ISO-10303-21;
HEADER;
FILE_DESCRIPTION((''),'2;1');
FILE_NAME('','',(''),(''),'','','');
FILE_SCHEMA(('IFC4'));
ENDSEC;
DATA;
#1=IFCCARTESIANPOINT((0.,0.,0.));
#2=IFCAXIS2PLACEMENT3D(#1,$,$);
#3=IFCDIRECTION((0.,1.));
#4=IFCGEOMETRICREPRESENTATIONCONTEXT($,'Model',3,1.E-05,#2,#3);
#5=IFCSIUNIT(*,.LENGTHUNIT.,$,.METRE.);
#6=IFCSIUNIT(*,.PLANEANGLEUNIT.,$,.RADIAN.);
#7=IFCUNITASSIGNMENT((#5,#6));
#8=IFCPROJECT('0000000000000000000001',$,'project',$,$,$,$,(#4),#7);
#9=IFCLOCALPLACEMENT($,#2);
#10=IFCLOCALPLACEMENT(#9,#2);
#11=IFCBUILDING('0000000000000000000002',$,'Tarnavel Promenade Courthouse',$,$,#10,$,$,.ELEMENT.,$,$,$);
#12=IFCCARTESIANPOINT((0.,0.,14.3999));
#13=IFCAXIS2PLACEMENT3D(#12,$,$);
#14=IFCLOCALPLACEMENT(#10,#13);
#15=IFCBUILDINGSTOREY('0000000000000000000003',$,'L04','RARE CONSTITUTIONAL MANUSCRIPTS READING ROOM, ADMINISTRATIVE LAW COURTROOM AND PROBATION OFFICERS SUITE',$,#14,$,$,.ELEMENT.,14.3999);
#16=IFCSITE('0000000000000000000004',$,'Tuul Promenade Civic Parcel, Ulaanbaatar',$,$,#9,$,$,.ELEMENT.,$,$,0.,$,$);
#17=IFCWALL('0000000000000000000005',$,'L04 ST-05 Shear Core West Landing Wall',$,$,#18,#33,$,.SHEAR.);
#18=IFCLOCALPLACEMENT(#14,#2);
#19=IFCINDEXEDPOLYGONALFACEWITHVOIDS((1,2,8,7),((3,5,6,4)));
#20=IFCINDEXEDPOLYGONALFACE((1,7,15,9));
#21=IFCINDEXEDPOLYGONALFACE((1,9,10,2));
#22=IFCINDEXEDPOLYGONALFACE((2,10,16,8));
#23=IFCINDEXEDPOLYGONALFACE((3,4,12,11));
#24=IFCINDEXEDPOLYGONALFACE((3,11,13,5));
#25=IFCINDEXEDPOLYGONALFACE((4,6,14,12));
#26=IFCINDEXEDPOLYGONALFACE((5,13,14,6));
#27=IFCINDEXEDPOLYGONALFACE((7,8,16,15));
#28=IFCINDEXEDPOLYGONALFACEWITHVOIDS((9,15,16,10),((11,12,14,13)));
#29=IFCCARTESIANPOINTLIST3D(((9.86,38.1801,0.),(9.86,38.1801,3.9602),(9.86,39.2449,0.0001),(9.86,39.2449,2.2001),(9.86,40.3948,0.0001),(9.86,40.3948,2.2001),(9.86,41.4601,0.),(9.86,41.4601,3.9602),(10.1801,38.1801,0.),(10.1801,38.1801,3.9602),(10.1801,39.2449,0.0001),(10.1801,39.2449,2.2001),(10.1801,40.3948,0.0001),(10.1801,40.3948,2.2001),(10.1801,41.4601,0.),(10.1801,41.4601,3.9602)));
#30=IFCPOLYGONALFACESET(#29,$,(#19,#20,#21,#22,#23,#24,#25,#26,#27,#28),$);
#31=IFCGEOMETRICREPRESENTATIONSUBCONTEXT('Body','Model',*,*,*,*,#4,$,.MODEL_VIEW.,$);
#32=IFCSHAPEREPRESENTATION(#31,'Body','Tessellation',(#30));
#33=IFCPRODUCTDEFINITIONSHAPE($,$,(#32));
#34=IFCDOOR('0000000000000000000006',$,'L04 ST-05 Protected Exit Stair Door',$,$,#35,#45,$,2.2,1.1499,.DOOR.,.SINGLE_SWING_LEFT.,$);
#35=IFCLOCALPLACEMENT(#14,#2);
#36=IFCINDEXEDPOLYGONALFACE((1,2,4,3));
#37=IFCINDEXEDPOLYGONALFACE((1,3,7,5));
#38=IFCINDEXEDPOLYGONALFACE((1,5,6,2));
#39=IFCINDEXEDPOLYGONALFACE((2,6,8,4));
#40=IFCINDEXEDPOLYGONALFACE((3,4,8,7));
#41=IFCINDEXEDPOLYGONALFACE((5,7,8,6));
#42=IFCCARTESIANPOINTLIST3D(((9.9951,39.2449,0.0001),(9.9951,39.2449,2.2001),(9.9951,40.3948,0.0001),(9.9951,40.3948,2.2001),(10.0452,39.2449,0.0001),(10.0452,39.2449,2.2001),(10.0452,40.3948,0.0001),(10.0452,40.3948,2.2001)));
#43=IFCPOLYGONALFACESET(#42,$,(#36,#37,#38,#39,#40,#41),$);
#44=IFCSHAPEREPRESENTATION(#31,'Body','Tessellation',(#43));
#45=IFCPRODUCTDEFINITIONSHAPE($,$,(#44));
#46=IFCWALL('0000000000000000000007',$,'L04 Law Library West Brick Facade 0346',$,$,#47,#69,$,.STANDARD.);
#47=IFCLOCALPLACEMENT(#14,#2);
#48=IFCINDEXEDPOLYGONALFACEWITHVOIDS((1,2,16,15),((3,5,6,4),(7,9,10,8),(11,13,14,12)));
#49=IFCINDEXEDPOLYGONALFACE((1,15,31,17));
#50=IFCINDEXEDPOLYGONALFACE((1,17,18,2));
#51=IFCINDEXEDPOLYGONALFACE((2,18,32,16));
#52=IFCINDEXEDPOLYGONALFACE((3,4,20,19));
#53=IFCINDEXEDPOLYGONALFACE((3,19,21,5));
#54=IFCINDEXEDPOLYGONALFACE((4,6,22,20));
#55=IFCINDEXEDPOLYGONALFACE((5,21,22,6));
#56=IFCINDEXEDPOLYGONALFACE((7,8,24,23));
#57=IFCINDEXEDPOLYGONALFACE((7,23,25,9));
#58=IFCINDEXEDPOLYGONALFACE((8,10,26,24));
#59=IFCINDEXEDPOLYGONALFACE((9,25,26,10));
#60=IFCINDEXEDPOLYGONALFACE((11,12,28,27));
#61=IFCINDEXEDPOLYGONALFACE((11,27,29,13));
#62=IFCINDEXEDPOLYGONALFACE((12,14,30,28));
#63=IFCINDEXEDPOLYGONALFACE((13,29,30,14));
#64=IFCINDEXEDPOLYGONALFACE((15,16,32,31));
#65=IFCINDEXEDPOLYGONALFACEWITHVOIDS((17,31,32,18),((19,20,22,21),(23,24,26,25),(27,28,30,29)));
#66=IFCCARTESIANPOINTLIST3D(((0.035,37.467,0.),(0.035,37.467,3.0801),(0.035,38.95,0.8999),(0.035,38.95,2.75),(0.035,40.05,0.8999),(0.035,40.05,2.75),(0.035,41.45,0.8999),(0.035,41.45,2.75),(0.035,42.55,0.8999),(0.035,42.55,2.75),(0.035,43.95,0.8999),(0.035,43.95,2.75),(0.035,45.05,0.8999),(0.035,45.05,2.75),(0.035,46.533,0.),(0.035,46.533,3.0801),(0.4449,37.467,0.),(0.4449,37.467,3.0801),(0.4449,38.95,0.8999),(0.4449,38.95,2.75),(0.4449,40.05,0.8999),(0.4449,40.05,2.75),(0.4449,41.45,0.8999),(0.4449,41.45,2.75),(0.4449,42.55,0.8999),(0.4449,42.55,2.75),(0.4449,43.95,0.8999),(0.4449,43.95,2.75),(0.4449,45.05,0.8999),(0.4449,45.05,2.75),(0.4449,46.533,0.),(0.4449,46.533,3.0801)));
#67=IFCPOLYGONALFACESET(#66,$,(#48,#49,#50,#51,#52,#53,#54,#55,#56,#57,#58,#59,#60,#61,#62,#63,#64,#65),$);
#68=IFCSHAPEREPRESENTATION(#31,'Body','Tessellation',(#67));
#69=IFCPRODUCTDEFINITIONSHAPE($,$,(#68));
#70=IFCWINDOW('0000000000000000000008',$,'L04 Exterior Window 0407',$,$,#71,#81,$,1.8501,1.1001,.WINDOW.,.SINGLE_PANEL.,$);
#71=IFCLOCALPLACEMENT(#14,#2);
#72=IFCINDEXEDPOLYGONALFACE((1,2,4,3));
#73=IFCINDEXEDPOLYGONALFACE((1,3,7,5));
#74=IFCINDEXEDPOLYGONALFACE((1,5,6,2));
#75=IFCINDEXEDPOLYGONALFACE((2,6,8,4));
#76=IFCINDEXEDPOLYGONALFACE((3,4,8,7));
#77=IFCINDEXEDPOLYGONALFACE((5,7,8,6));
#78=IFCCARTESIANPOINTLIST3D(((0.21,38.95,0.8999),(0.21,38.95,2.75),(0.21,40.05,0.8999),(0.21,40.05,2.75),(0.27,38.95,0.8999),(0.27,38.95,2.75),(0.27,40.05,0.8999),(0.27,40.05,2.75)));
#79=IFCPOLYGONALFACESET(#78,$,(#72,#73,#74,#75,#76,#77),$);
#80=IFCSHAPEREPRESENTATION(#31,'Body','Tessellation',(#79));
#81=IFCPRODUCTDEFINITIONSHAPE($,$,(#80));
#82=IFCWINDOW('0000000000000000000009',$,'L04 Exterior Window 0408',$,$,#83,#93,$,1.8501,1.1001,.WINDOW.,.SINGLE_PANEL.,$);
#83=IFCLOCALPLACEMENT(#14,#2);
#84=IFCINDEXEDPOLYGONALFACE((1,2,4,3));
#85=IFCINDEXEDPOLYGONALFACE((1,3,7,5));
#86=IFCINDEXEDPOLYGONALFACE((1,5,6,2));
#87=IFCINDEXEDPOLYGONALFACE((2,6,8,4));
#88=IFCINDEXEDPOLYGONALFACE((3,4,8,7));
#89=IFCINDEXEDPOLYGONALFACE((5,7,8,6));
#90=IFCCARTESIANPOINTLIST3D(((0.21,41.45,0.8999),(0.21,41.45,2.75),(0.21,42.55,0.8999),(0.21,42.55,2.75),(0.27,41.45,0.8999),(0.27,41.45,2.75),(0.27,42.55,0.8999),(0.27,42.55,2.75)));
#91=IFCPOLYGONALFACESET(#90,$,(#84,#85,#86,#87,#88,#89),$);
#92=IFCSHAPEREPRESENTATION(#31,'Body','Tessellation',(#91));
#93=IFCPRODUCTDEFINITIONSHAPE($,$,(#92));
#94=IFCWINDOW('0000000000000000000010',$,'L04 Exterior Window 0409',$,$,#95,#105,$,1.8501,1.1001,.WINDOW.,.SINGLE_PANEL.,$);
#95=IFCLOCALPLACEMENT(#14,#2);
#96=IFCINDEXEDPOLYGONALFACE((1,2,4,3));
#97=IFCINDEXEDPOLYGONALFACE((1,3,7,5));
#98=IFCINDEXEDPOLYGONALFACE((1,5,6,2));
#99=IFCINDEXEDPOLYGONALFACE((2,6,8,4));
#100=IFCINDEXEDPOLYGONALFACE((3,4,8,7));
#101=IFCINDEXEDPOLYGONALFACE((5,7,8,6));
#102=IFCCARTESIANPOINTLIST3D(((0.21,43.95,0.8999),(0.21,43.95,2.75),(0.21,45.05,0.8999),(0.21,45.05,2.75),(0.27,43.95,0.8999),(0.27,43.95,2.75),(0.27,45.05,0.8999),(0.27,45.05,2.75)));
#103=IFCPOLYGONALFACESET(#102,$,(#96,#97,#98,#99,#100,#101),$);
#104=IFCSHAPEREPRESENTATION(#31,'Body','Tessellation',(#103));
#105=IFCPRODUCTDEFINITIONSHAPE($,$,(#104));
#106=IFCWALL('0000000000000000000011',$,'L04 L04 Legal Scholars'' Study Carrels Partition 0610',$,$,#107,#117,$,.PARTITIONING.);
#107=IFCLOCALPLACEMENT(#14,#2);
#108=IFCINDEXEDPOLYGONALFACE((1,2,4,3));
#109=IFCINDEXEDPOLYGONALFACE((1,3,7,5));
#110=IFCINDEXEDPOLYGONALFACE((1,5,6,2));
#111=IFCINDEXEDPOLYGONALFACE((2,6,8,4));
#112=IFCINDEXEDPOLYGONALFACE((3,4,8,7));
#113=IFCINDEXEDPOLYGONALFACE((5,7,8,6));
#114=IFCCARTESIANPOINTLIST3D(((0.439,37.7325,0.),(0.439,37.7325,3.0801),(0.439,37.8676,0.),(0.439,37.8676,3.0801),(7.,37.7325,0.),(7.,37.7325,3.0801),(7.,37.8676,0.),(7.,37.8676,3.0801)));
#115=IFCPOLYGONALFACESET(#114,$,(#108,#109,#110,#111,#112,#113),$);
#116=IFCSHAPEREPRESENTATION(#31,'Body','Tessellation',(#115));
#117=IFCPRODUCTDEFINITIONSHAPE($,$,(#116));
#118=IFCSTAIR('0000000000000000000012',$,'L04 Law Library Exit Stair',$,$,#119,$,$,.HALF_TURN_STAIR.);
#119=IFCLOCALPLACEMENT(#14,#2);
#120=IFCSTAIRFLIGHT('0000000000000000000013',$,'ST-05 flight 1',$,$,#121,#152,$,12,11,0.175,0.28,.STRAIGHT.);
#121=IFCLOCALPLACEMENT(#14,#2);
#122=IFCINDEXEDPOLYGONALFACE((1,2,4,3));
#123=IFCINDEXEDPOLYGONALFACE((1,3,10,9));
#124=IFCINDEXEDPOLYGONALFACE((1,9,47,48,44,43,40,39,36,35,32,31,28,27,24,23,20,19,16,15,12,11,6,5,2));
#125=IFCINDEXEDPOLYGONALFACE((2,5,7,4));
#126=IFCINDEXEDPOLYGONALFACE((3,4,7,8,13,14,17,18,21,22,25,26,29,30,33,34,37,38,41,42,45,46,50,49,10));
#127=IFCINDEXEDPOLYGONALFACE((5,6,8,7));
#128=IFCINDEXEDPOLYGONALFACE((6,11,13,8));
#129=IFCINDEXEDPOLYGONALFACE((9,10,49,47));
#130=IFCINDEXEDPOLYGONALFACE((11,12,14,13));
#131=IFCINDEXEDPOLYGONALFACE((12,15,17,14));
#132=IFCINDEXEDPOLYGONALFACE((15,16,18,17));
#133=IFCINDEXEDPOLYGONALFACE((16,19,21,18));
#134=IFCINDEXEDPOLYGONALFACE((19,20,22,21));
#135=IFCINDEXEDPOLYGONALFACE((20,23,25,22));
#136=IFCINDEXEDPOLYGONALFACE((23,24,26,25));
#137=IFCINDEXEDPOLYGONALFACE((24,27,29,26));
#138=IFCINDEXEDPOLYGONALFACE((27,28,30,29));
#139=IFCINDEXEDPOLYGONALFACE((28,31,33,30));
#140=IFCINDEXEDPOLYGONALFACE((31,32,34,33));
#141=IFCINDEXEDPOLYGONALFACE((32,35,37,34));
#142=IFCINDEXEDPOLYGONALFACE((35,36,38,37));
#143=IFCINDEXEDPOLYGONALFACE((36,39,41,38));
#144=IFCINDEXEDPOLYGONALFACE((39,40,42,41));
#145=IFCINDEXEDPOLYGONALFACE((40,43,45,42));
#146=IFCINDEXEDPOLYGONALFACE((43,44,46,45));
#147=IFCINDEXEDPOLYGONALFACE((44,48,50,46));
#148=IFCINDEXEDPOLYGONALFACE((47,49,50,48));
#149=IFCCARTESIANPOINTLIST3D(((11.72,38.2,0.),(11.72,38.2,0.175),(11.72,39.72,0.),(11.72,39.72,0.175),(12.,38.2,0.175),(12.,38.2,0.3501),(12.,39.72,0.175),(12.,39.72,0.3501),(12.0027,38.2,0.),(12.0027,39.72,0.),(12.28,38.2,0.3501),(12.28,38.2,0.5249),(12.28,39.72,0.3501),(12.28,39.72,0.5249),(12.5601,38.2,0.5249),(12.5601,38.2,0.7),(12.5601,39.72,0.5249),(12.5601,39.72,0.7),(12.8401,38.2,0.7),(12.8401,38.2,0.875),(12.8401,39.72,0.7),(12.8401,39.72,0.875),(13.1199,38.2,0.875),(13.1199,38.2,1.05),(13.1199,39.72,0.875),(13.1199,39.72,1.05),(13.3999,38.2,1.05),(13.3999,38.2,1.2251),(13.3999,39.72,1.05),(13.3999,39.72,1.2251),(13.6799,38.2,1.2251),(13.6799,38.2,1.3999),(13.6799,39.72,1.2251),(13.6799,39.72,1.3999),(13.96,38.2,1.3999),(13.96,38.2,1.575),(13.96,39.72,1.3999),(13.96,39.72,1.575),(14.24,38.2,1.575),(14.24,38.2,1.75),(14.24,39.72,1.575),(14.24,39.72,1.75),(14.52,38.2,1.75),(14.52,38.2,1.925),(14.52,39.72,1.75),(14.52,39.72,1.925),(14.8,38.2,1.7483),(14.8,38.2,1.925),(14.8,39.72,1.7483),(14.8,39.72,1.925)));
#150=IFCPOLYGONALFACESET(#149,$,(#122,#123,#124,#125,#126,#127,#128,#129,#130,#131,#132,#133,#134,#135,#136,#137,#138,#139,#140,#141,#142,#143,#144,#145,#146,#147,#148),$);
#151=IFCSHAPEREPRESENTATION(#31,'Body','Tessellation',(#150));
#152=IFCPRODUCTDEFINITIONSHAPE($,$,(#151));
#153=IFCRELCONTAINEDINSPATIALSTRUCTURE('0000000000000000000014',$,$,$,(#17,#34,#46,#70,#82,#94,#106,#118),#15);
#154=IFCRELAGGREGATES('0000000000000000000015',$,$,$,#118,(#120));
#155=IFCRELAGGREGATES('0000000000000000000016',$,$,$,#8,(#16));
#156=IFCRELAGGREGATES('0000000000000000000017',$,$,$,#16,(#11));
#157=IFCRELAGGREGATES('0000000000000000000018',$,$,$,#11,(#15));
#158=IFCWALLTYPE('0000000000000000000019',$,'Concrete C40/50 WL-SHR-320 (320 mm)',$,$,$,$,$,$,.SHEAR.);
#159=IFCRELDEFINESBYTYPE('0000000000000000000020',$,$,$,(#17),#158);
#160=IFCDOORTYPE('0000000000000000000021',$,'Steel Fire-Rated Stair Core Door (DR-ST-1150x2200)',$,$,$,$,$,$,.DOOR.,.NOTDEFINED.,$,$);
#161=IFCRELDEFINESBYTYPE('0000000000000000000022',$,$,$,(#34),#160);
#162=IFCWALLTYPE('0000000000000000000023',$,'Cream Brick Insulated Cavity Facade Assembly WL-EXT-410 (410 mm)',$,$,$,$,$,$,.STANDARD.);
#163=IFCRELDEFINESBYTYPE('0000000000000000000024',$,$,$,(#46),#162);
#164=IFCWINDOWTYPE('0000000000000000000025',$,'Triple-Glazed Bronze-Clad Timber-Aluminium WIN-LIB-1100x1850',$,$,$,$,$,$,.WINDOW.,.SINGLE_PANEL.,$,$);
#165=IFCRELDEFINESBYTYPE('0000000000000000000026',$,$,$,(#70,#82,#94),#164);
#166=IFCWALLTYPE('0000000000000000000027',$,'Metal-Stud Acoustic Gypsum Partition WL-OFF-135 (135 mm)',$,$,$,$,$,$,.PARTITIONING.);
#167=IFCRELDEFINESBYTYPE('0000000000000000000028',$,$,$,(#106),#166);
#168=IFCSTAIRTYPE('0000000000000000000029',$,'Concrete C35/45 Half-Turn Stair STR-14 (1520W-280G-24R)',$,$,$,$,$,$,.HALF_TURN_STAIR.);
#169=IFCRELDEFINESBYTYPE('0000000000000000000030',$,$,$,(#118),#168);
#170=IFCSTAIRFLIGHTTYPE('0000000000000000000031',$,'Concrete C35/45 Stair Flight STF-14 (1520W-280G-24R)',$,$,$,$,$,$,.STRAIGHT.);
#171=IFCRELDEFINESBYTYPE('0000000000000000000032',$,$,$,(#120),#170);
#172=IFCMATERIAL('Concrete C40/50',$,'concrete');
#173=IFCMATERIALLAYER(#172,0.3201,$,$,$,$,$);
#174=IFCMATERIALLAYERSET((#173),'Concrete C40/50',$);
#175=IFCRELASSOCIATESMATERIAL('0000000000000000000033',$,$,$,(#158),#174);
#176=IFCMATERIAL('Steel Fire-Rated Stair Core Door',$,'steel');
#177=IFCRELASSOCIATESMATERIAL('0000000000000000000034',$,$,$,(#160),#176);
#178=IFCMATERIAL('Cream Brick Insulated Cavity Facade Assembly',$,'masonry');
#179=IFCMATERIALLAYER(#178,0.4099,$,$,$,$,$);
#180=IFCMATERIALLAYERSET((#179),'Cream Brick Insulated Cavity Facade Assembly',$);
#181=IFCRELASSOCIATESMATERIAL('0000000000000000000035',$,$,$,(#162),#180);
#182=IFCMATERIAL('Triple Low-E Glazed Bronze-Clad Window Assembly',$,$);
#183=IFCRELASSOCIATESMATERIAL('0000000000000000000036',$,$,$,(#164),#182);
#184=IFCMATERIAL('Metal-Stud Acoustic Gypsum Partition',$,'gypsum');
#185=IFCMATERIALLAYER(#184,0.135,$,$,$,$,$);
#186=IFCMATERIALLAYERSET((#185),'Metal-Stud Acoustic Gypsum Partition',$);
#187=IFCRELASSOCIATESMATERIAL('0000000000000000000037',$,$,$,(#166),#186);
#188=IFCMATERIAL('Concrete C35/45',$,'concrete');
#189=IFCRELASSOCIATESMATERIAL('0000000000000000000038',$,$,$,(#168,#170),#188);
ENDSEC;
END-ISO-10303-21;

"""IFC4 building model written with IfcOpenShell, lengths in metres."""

from ifc_helpers import new_model, si_unit, direction, frame, frame_2d, origin, place, context, subcontext, project, spatial, polyline, rectangle, outline, extrude, material, layer, layer_set, type_object, element, fill, aggregate, save


model = new_model("IFC4")

# Units and contexts
model_context = context("Model", 3, precision=1e-05, world=origin(), true_north=direction((0.0, 1.0)))
body_context = subcontext(model_context, "Body", "Model", "MODEL_VIEW")
ifc_project = project(units=[si_unit("LENGTHUNIT", "METRE"), si_unit("PLANEANGLEUNIT", "RADIAN")], contexts=[model_context])

# Site, building, storey
site_placement = place(None, origin())
site = spatial("IfcSite", under=ifc_project, at=site_placement, Name="Tuul Promenade Civic Parcel, Ulaanbaatar", CompositionType="ELEMENT", RefElevation=0.0)
building_placement = place(site_placement, origin())
building = spatial("IfcBuilding", under=site, at=building_placement, Name="Tarnavel Promenade Courthouse", CompositionType="ELEMENT")
storey_placement = place(building_placement, frame((0.0, 0.0, 14.3999)))
storey = spatial("IfcBuildingStorey", under=building, at=storey_placement, Name="L04", Description="RARE CONSTITUTIONAL MANUSCRIPTS READING ROOM, ADMINISTRATIVE LAW COURTROOM AND PROBATION OFFICERS SUITE", CompositionType="ELEMENT", Elevation=14.3999)

# Shared definitions
ifc_material_1 = material(Name="Concrete C40/50", Category="concrete")

# Shared definitions
ifc_material_2 = material(Name="Concrete C35/45", Category="concrete")
ifc_layer_1 = layer(ifc_material_1, 0.3201)
ifc_layer_set_1 = layer_set([ifc_layer_1], Name="Concrete C40/50")
wall_type_1 = type_object("IfcWallType", Name="Concrete C40/50 WL-SHR-320 (320 mm)", PredefinedType="SHEAR", material=ifc_layer_set_1)

# Wall, opening, door
wall_1_placement = place(storey_placement, frame((10.02, 38.1799, 0.0), z_axis=(0.0, 0.0, 1.0), x_axis=(0.0, 1.0, 0.0)))
wall_1 = element("IfcWall", 1, at=wall_1_placement, inside=storey, type_object=wall_type_1, Name="L04 ST-05 Shear Core West Landing Wall", PredefinedType="SHEAR", context=body_context, shape_type="SweptSolid", body=[
    extrude(rectangle(XDim=3.28, YDim=0.3201, at=frame_2d((1.6401, 0.0))), origin(), (0.0, 0.0, 1.0), 3.9602),
])
opening_1_placement = place(wall_1_placement, frame((1.0649, 0.0, 0.0)))
opening_1 = element("IfcOpeningElement", 2, at=opening_1_placement, cuts=wall_1, PredefinedType="OPENING", context=body_context, shape_type="SweptSolid", body=[
    extrude(rectangle(XDim=1.1499, YDim=2.2, at=frame_2d((0.575, 1.1001))), frame((0.0, 0.1699, 0.0), z_axis=(0.0, -1.0, 0.0), x_axis=(1.0, 0.0, 0.0)), (0.0, 0.0, 1.0), 0.3401),
])
ifc_material_3 = material(Name="Steel Fire-Rated Stair Core Door", Category="steel")
door_type = type_object("IfcDoorType", Name="Steel Fire-Rated Stair Core Door (DR-ST-1150x2200)", OperationType="NOTDEFINED", PredefinedType="DOOR", material=ifc_material_3)
door_placement = place(opening_1_placement, origin())
door = element("IfcDoor", 3, at=door_placement, inside=storey, type_object=door_type, Name="L04 ST-05 Protected Exit Stair Door", OperationType="SINGLE_SWING_LEFT", OverallHeight=2.2, OverallWidth=1.1499, PredefinedType="DOOR", context=body_context, shape_type="SweptSolid", body=[
    extrude(rectangle(XDim=1.1499, YDim=2.2, at=frame_2d((0.575, 1.1001))), frame((0.0, 0.0249, 0.0), z_axis=(0.0, -1.0, 0.0), x_axis=(1.0, 0.0, 0.0)), (0.0, 0.0, 1.0), 0.05),
])
fill(opening_1, door)

# Wall, openings, windows
ifc_material_4 = material(Name="Cream Brick Insulated Cavity Facade Assembly", Category="masonry")
ifc_layer_2 = layer(ifc_material_4, 0.4099)
ifc_layer_set_2 = layer_set([ifc_layer_2], Name="Cream Brick Insulated Cavity Facade Assembly")
wall_type_2 = type_object("IfcWallType", Name="Cream Brick Insulated Cavity Facade Assembly WL-EXT-410 (410 mm)", PredefinedType="STANDARD", material=ifc_layer_set_2)
wall_2_placement = place(storey_placement, frame((0.24, 37.467, 0.0), z_axis=(0.0, 0.0, 1.0), x_axis=(0.0, 1.0, 0.0)))
wall_2 = element("IfcWall", 4, at=wall_2_placement, inside=storey, type_object=wall_type_2, Name="L04 Law Library West Brick Facade 0346", PredefinedType="STANDARD", context=body_context, shape_type="SweptSolid", body=[
    extrude(rectangle(XDim=9.0659, YDim=0.4099, at=frame_2d((4.533, 0.0))), origin(), (0.0, 0.0, 1.0), 3.0801),
])
opening_2_placement = place(wall_2_placement, frame((1.4829, 0.0, 0.8999)))
opening_2 = element("IfcOpeningElement", 5, at=opening_2_placement, cuts=wall_2, PredefinedType="OPENING", context=body_context, shape_type="SweptSolid", body=[
    extrude(rectangle(XDim=1.1001, YDim=1.8501, at=frame_2d((0.55, 0.925))), frame((0.0, 0.2148, 0.0), z_axis=(0.0, -1.0, 0.0), x_axis=(1.0, 0.0, 0.0)), (0.0, 0.0, 1.0), 0.4299),
])
opening_3_placement = place(wall_2_placement, frame((3.9829, 0.0, 0.8999)))
opening_3 = element("IfcOpeningElement", 6, at=opening_3_placement, cuts=wall_2, PredefinedType="OPENING", context=body_context, shape_type="SweptSolid", body=[
    extrude(rectangle(XDim=1.1001, YDim=1.8501, at=frame_2d((0.55, 0.925))), frame((0.0, 0.2148, 0.0), z_axis=(0.0, -1.0, 0.0), x_axis=(1.0, 0.0, 0.0)), (0.0, 0.0, 1.0), 0.4299),
])
opening_4_placement = place(wall_2_placement, frame((6.4829, 0.0, 0.8999)))
opening_4 = element("IfcOpeningElement", 7, at=opening_4_placement, cuts=wall_2, PredefinedType="OPENING", context=body_context, shape_type="SweptSolid", body=[
    extrude(rectangle(XDim=1.1001, YDim=1.8501, at=frame_2d((0.55, 0.925))), frame((0.0, 0.2148, 0.0), z_axis=(0.0, -1.0, 0.0), x_axis=(1.0, 0.0, 0.0)), (0.0, 0.0, 1.0), 0.4299),
])
ifc_material_5 = material(Name="Triple Low-E Glazed Bronze-Clad Window Assembly")
window_type = type_object("IfcWindowType", Name="Triple-Glazed Bronze-Clad Timber-Aluminium WIN-LIB-1100x1850", PartitioningType="SINGLE_PANEL", PredefinedType="WINDOW", material=ifc_material_5)
window_1_placement = place(opening_2_placement, origin())
window_1 = element("IfcWindow", 8, at=window_1_placement, inside=storey, type_object=window_type, Name="L04 Exterior Window 0407", OverallHeight=1.8501, OverallWidth=1.1001, PartitioningType="SINGLE_PANEL", PredefinedType="WINDOW", context=body_context, shape_type="SweptSolid", body=[
    extrude(rectangle(XDim=1.1001, YDim=1.8501, at=frame_2d((0.55, 0.925))), frame((0.0, 0.03, 0.0), z_axis=(0.0, -1.0, 0.0), x_axis=(1.0, 0.0, 0.0)), (0.0, 0.0, 1.0), 0.0601),
])
fill(opening_2, window_1)
window_2_placement = place(opening_3_placement, origin())
window_2 = element("IfcWindow", 9, at=window_2_placement, inside=storey, type_object=window_type, Name="L04 Exterior Window 0408", OverallHeight=1.8501, OverallWidth=1.1001, PartitioningType="SINGLE_PANEL", PredefinedType="WINDOW", context=body_context, shape_type="SweptSolid", body=[
    extrude(rectangle(XDim=1.1001, YDim=1.8501, at=frame_2d((0.55, 0.925))), frame((0.0, 0.03, 0.0), z_axis=(0.0, -1.0, 0.0), x_axis=(1.0, 0.0, 0.0)), (0.0, 0.0, 1.0), 0.0601),
])
fill(opening_3, window_2)
window_3_placement = place(opening_4_placement, origin())
window_3 = element("IfcWindow", 10, at=window_3_placement, inside=storey, type_object=window_type, Name="L04 Exterior Window 0409", OverallHeight=1.8501, OverallWidth=1.1001, PartitioningType="SINGLE_PANEL", PredefinedType="WINDOW", context=body_context, shape_type="SweptSolid", body=[
    extrude(rectangle(XDim=1.1001, YDim=1.8501, at=frame_2d((0.55, 0.925))), frame((0.0, 0.03, 0.0), z_axis=(0.0, -1.0, 0.0), x_axis=(1.0, 0.0, 0.0)), (0.0, 0.0, 1.0), 0.0601),
])
fill(opening_4, window_3)

# Wall
ifc_material_6 = material(Name="Metal-Stud Acoustic Gypsum Partition", Category="gypsum")
ifc_layer_3 = layer(ifc_material_6, 0.135)
ifc_layer_set_3 = layer_set([ifc_layer_3], Name="Metal-Stud Acoustic Gypsum Partition")
wall_type_3 = type_object("IfcWallType", Name="Metal-Stud Acoustic Gypsum Partition WL-OFF-135 (135 mm)", PredefinedType="PARTITIONING", material=ifc_layer_set_3)
wall_3_placement = place(storey_placement, frame((7.0, 37.8, 0.0), z_axis=(0.0, 0.0, 1.0), x_axis=(-1.0, 0.0, 0.0)))
element("IfcWall", 11, at=wall_3_placement, inside=storey, type_object=wall_type_3, Name="L04 L04 Legal Scholars' Study Carrels Partition 0610", PredefinedType="PARTITIONING", context=body_context, shape_type="SweptSolid", body=[
    extrude(rectangle(XDim=6.561, YDim=0.135, at=frame_2d((3.2805, 0.0))), origin(), (0.0, 0.0, 1.0), 3.0801),
])

# Stair, stair flight
stair_type = type_object("IfcStairType", Name="Concrete C35/45 Half-Turn Stair STR-14 (1520W-280G-24R)", PredefinedType="HALF_TURN_STAIR", material=ifc_material_2)
stair_placement = place(storey_placement, origin())
stair = element("IfcStair", 12, at=stair_placement, inside=storey, type_object=stair_type, Name="L04 Law Library Exit Stair", PredefinedType="HALF_TURN_STAIR")
stair_flight_type = type_object("IfcStairFlightType", Name="Concrete C35/45 Stair Flight STF-14 (1520W-280G-24R)", PredefinedType="STRAIGHT", material=ifc_material_2)
stair_flight_1_placement = place(storey_placement, frame((11.72, 38.96, 0.0), z_axis=(0.0, 0.0, 1.0), x_axis=(1.0, 0.0, 0.0)))
stair_flight_1 = element("IfcStairFlight", 13, at=stair_flight_1_placement, type_object=stair_flight_type, Name="ST-05 flight 1", NumberOfRisers=12, NumberOfTreads=11, PredefinedType="STRAIGHT", RiserHeight=0.175, TreadLength=0.28, context=body_context, shape_type="SweptSolid", body=[
    extrude(outline(polyline([(0.0, 0.0), (0.0, 0.175), (0.28, 0.175), (0.28, 0.3501), (0.5601, 0.3501), (0.5601, 0.5249), (0.8401, 0.5249), (0.8401, 0.7), (1.1201, 0.7), (1.1201, 0.875), (1.3999, 0.875), (1.3999, 1.05), (1.6799, 1.05), (1.6799, 1.2251), (1.96, 1.2251), (1.96, 1.3999), (2.24, 1.3999), (2.24, 1.575), (2.52, 1.575), (2.52, 1.75), (2.8, 1.75), (2.8, 1.925), (3.0801, 1.925), (3.0801, 2.1001), (3.0801, 1.7483), (0.2827, 0.0), (0.0, 0.0)])), frame((0.0, 0.76, 0.0), z_axis=(0.0, -1.0, 0.0), x_axis=(1.0, 0.0, 0.0)), (0.0, 0.0, 1.0), 1.52),
])
aggregate(stair, [stair_flight_1])

save(model, "model.ifc")
